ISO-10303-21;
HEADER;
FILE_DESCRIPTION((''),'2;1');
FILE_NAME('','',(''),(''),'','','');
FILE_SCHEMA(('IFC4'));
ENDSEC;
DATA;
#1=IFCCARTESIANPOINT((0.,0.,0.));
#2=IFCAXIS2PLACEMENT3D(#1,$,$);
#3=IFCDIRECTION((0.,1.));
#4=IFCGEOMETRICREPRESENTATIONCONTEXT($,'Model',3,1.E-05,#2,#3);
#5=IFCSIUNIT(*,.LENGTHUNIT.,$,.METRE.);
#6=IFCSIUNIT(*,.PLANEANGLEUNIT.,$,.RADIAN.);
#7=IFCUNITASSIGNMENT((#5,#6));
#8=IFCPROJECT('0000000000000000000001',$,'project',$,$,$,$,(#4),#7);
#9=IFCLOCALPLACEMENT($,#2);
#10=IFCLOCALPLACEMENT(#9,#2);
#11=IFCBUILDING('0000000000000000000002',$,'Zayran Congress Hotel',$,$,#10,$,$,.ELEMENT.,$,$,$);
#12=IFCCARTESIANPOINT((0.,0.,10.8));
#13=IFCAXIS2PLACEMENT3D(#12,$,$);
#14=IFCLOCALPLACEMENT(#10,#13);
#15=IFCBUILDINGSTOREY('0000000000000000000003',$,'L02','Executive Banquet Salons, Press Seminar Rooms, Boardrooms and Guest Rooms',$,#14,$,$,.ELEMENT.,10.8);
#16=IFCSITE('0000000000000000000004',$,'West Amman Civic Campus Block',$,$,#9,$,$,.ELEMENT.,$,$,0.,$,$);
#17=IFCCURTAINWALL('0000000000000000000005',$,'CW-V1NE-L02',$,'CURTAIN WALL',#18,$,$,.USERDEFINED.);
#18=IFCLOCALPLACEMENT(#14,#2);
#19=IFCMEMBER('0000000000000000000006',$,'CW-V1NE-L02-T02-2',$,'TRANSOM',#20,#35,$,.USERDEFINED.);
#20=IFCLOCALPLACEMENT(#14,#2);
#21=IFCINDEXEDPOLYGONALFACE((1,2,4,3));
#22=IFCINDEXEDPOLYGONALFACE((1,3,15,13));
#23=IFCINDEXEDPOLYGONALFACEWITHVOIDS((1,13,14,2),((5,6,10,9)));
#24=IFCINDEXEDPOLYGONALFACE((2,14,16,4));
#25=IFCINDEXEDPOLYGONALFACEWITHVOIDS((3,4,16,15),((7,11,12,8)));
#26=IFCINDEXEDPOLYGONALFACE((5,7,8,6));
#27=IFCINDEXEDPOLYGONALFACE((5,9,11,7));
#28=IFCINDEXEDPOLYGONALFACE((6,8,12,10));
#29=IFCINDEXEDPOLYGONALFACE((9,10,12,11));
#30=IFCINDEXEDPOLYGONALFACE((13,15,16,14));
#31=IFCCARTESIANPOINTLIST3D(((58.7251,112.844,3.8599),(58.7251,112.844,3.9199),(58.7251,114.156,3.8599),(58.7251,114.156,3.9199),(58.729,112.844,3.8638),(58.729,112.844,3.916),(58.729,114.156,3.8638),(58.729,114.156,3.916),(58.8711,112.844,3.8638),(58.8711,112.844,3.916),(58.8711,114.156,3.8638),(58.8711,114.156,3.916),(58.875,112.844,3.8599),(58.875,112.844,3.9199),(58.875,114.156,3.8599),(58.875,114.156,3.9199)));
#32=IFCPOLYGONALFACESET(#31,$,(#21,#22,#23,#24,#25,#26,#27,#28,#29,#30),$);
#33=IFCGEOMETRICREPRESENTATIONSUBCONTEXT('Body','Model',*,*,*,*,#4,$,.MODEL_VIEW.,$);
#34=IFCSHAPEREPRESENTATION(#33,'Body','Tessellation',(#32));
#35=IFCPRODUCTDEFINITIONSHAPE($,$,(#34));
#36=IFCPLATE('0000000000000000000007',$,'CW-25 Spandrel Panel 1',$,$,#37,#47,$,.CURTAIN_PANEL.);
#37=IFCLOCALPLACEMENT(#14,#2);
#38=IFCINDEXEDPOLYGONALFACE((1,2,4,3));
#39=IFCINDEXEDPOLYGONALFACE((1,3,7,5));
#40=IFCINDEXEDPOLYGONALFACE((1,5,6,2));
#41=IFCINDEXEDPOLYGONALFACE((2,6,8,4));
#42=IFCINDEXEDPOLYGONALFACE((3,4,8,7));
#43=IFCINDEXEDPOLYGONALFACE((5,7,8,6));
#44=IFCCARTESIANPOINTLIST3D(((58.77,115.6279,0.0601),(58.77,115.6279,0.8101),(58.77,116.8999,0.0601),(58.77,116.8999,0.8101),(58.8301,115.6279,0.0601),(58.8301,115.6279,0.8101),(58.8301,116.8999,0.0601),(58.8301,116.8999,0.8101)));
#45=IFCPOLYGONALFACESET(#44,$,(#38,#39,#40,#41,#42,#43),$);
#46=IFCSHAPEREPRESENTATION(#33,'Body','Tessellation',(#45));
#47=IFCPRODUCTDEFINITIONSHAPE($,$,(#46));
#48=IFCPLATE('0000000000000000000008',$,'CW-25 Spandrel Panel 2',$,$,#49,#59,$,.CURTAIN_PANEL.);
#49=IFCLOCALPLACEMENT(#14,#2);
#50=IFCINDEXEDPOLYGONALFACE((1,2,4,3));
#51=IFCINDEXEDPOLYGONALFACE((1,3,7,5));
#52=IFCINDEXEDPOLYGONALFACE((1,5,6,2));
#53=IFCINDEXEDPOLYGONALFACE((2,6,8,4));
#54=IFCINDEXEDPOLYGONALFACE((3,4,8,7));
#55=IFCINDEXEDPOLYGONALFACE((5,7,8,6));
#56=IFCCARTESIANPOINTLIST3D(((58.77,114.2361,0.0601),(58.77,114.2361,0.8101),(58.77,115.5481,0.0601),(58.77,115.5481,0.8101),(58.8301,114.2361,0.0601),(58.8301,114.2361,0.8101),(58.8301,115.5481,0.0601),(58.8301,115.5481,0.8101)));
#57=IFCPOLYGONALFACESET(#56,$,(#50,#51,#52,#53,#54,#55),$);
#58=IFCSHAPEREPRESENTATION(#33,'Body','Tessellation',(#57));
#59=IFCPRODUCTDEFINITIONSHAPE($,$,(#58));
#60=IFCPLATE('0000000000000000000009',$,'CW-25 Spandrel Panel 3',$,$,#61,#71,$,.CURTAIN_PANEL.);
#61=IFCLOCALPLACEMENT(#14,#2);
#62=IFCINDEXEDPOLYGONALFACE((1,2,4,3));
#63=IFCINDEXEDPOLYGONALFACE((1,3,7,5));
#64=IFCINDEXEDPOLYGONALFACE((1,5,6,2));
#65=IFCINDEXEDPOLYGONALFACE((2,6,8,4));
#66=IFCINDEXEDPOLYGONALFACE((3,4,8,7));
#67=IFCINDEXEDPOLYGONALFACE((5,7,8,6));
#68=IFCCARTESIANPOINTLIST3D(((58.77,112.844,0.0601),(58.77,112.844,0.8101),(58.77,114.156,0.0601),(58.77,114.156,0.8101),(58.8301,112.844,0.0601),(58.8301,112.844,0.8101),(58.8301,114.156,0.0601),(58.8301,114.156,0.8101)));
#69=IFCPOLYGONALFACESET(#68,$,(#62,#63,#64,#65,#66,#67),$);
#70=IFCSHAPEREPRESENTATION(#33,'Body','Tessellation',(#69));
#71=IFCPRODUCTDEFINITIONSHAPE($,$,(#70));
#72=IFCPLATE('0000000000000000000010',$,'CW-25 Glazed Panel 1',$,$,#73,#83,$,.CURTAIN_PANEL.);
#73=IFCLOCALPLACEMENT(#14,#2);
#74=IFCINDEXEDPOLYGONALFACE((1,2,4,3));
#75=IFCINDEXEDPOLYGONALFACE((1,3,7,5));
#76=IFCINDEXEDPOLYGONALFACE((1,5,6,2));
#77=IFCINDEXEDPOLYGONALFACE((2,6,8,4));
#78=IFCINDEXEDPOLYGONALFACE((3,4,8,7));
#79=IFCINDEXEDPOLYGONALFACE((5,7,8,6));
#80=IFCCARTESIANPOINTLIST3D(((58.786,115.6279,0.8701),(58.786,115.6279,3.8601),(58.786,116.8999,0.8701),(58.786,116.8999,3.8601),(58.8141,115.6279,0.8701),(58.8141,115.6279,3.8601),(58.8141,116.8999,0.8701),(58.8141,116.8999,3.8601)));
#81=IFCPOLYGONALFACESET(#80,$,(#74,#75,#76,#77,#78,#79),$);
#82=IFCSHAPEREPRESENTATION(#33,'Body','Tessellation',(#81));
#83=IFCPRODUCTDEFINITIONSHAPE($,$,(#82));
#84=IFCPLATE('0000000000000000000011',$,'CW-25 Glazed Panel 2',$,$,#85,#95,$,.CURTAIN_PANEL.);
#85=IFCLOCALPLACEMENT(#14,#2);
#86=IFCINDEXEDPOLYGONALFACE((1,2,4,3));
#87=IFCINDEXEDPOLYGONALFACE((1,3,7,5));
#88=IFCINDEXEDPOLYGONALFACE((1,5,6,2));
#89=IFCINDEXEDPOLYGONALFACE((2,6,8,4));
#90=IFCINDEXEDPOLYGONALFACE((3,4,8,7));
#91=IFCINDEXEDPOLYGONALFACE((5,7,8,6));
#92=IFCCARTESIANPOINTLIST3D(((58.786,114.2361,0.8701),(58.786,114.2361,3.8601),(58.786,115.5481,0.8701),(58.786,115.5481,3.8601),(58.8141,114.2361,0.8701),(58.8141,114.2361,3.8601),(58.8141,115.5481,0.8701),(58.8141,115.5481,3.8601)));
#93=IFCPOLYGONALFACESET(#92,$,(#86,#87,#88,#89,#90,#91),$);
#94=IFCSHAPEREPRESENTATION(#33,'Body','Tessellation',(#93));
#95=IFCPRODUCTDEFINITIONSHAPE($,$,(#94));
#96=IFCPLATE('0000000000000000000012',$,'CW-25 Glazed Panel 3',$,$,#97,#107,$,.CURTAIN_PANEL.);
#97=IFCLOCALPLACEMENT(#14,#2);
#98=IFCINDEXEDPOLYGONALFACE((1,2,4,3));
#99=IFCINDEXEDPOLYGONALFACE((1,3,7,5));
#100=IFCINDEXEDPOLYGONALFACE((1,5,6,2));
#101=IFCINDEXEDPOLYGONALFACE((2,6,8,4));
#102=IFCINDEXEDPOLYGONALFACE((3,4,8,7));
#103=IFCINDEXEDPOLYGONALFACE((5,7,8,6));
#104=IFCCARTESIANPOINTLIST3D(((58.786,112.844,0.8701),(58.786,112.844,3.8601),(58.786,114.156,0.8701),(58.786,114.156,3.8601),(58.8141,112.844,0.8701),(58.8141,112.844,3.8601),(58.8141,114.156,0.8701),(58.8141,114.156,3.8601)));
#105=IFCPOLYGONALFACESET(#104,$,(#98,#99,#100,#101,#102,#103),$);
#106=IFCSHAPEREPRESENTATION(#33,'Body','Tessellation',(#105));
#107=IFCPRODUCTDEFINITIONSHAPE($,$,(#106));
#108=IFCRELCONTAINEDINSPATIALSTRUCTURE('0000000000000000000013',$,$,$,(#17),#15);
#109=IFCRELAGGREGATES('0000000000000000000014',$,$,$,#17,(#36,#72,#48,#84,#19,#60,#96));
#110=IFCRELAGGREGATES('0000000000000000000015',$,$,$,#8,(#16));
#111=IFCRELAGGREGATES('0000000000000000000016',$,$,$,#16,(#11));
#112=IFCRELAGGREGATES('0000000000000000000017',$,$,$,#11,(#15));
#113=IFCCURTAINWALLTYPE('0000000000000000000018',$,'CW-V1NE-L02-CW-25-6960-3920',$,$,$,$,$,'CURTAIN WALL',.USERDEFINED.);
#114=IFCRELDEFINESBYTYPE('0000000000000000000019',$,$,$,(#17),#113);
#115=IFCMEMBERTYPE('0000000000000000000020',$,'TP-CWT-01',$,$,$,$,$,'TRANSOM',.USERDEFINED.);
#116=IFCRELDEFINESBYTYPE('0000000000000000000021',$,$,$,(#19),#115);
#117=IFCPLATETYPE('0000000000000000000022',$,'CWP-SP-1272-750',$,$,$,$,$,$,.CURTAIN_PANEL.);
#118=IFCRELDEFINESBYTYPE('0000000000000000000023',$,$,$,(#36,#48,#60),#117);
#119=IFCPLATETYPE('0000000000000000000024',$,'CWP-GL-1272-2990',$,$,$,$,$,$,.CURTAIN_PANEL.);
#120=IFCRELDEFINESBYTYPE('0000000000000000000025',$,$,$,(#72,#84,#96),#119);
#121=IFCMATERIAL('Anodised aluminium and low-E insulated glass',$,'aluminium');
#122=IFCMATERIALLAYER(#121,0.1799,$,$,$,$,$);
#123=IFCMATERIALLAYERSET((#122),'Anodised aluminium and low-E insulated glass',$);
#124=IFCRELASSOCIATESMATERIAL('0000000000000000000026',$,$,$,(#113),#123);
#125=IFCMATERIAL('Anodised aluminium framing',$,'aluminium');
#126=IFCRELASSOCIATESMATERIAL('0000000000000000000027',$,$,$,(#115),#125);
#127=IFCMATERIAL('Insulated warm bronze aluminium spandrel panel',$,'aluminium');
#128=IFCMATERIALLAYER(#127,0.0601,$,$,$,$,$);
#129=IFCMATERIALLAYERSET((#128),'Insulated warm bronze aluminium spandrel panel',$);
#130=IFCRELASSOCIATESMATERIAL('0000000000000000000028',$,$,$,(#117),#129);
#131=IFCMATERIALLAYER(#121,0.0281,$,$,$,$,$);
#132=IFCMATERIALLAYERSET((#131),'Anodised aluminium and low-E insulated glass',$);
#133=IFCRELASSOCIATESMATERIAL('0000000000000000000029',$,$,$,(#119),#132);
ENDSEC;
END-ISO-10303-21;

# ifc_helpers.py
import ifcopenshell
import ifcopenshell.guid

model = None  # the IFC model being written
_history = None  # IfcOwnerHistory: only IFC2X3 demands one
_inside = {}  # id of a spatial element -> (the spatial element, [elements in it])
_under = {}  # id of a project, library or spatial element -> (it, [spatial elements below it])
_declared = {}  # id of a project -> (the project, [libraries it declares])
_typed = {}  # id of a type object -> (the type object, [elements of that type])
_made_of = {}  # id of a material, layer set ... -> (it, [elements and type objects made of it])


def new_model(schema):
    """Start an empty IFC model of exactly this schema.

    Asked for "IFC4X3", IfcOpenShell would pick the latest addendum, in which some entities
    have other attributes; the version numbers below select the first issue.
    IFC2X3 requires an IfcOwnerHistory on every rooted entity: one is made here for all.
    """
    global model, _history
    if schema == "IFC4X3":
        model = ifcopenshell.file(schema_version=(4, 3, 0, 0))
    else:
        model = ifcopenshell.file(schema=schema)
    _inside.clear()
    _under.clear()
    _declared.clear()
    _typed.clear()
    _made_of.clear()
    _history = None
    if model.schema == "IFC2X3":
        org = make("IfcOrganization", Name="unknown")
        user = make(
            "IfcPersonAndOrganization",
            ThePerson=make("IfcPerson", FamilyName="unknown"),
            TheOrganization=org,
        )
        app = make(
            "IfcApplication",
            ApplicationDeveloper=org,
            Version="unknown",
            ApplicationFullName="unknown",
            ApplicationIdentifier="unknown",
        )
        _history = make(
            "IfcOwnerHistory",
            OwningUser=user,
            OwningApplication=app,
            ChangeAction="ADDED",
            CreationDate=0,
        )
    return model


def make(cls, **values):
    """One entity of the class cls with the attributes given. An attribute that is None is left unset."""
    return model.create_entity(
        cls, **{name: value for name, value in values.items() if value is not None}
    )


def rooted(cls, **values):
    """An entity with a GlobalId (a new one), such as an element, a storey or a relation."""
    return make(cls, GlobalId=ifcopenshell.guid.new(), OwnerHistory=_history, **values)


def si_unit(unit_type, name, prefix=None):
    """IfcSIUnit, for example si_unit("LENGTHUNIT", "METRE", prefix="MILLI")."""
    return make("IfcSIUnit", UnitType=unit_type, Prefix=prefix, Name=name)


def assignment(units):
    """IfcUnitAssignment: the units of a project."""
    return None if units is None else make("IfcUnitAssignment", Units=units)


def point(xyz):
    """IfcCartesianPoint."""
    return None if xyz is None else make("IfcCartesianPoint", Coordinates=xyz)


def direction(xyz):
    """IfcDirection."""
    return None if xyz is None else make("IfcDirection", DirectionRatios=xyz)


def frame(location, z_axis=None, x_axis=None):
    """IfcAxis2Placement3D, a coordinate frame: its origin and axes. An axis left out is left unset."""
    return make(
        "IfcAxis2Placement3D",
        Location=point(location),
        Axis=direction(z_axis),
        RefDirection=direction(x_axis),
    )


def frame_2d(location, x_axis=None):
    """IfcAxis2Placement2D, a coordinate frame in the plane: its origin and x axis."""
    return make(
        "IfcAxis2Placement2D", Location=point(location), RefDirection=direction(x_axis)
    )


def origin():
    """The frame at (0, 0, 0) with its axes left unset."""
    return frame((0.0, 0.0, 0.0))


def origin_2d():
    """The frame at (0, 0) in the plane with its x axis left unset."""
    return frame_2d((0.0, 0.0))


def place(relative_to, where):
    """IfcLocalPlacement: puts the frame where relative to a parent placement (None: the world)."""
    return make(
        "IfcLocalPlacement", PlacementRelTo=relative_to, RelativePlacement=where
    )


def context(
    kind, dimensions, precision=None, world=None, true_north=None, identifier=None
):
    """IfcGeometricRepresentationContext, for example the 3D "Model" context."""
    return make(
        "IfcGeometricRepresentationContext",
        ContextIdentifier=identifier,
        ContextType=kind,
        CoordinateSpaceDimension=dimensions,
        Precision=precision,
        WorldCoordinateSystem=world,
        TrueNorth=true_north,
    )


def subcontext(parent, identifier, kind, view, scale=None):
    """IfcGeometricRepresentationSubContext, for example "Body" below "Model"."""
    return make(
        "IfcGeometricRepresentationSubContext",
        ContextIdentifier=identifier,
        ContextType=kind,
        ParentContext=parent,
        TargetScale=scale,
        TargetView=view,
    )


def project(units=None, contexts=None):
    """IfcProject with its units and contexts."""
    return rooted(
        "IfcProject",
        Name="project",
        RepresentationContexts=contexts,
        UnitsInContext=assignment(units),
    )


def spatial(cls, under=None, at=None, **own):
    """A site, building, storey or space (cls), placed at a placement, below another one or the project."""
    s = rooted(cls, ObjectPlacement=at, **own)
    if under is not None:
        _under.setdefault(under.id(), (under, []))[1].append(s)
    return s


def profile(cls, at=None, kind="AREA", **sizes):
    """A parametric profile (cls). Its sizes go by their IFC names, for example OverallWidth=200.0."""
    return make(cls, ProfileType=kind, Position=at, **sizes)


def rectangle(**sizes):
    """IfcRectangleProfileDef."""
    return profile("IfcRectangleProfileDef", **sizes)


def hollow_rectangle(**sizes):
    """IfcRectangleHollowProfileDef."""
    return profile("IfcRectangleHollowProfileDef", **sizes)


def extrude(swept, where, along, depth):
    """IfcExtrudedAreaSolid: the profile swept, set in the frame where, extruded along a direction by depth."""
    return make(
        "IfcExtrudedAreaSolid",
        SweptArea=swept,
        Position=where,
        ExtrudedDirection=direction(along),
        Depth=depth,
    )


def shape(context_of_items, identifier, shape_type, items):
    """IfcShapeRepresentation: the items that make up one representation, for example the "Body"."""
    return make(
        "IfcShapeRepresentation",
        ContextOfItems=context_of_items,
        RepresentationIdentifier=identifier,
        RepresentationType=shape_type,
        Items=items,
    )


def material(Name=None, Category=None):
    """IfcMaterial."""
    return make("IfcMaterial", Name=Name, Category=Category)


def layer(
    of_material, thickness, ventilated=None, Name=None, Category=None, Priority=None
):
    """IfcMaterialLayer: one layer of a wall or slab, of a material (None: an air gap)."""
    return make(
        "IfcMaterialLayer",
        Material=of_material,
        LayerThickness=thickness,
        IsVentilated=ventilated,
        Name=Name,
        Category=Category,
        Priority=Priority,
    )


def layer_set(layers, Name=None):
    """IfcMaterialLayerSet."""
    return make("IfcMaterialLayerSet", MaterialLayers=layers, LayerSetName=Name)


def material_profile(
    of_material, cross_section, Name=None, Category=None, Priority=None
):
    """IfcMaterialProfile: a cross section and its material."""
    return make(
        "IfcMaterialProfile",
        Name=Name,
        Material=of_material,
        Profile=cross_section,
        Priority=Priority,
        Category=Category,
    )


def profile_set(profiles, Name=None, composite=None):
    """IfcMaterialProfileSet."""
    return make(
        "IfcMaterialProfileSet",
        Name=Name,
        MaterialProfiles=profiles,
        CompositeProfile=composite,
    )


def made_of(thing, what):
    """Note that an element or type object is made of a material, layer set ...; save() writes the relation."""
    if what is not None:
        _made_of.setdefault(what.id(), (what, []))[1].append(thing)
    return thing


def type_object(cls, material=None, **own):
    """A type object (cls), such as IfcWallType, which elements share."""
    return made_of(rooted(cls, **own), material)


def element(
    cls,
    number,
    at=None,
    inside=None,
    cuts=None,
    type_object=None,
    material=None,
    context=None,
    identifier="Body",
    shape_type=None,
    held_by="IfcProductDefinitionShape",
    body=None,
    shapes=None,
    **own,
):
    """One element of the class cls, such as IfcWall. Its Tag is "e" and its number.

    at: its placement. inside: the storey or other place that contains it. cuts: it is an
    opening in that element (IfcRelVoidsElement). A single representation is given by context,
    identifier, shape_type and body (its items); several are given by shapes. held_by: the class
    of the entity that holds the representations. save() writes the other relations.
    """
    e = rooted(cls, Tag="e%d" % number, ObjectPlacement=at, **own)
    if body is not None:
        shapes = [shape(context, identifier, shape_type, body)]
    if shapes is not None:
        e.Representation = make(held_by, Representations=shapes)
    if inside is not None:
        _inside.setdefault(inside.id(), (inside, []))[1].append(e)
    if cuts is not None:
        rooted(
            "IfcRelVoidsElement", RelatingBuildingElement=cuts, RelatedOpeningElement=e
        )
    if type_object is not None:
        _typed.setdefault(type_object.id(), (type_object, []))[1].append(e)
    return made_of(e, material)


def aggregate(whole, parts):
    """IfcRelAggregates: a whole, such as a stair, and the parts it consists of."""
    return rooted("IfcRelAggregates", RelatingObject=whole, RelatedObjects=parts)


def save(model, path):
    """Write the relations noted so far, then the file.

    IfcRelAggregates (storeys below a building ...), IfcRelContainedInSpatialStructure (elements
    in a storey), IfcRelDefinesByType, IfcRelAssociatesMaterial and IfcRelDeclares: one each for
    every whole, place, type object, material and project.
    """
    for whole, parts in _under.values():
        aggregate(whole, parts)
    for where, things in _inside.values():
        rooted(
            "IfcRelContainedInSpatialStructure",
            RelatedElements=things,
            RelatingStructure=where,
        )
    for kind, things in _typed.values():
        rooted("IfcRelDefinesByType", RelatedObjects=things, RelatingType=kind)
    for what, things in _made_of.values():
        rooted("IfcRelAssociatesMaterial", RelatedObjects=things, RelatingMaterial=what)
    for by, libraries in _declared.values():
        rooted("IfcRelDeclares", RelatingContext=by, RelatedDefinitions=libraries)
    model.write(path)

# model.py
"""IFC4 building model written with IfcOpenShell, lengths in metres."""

from ifc_helpers import new_model, si_unit, direction, frame, origin, origin_2d, place, context, subcontext, project, spatial, rectangle, hollow_rectangle, extrude, material, layer, layer_set, material_profile, profile_set, type_object, element, aggregate, save


model = new_model("IFC4")

# Units and contexts
model_context = context("Model", 3, precision=1e-05, world=origin(), true_north=direction((0.0, 1.0)))
body_context = subcontext(model_context, "Body", "Model", "MODEL_VIEW")
ifc_project = project(units=[si_unit("LENGTHUNIT", "METRE"), si_unit("PLANEANGLEUNIT", "RADIAN")], contexts=[model_context])

# Site, building, storey
site_placement = place(None, origin())
site = spatial("IfcSite", under=ifc_project, at=site_placement, Name="West Amman Civic Campus Block", CompositionType="ELEMENT", RefElevation=0.0)
building_placement = place(site_placement, origin())
building = spatial("IfcBuilding", under=site, at=building_placement, Name="Zayran Congress Hotel", CompositionType="ELEMENT")
storey_placement = place(building_placement, frame((0.0, 0.0, 10.8)))
storey = spatial("IfcBuildingStorey", under=building, at=storey_placement, Name="L02", Description="Executive Banquet Salons, Press Seminar Rooms, Boardrooms and Guest Rooms", CompositionType="ELEMENT", Elevation=10.8)

# Curtain wall, member, plates
ifc_material_1 = material(Name="Anodised aluminium and low-E insulated glass", Category="aluminium")
ifc_layer_1 = layer(ifc_material_1, 0.1799)
ifc_layer_set_1 = layer_set([ifc_layer_1], Name="Anodised aluminium and low-E insulated glass")
curtain_wall_type = type_object("IfcCurtainWallType", Name="CW-V1NE-L02-CW-25-6960-3920", ElementType="CURTAIN WALL", PredefinedType="USERDEFINED", material=ifc_layer_set_1)
curtain_wall_placement = place(storey_placement, origin())
curtain_wall = element("IfcCurtainWall", 1, at=curtain_wall_placement, inside=storey, type_object=curtain_wall_type, Name="CW-V1NE-L02", ObjectType="CURTAIN WALL", PredefinedType="USERDEFINED")
ifc_material_2 = material(Name="Anodised aluminium framing", Category="aluminium")
ifc_material_profile_1 = material_profile(ifc_material_2, hollow_rectangle(XDim=0.0601, YDim=0.1499, WallThickness=0.0039, at=origin_2d()), Name="RHS 150x60x4")
ifc_profile_set_1 = profile_set([ifc_material_profile_1], Name="Anodised aluminium framing")
member_type_1 = type_object("IfcMemberType", Name="TP-CWT-01", ElementType="TRANSOM", PredefinedType="USERDEFINED", material=ifc_profile_set_1)
member_1_placement = place(storey_placement, frame((58.8, 114.156, 3.8899), z_axis=(0.0, -1.0, 0.0), x_axis=(0.0, 0.0, 1.0)))
member_1 = element("IfcMember", 2, at=member_1_placement, type_object=member_type_1, Name="CW-V1NE-L02-T02-2", ObjectType="TRANSOM", PredefinedType="USERDEFINED", context=body_context, shape_type="SweptSolid", body=[
    extrude(hollow_rectangle(XDim=0.0601, YDim=0.1499, WallThickness=0.0039, at=origin_2d()), origin(), (0.0, 0.0, 1.0), 1.312),
])
ifc_material_3 = material(Name="Insulated warm bronze aluminium spandrel panel", Category="aluminium")
ifc_layer_2 = layer(ifc_material_3, 0.0601)
ifc_layer_set_2 = layer_set([ifc_layer_2], Name="Insulated warm bronze aluminium spandrel panel")
plate_type_1 = type_object("IfcPlateType", Name="CWP-SP-1272-750", PredefinedType="CURTAIN_PANEL", material=ifc_layer_set_2)
plate_1_placement = place(storey_placement, frame((58.8, 116.2639, 0.0601), z_axis=(0.0, 0.0, 1.0), x_axis=(0.0, 1.0, 0.0)))
plate_1 = element("IfcPlate", 3, at=plate_1_placement, type_object=plate_type_1, Name="CW-25 Spandrel Panel 1", PredefinedType="CURTAIN_PANEL", context=body_context, shape_type="SweptSolid", body=[
    extrude(rectangle(XDim=1.272, YDim=0.0601, at=origin_2d()), origin(), (0.0, 0.0, 1.0), 0.75),
])
plate_2_placement = place(storey_placement, frame((58.8, 114.8921, 0.0601), z_axis=(0.0, 0.0, 1.0), x_axis=(0.0, 1.0, 0.0)))
plate_2 = element("IfcPlate", 4, at=plate_2_placement, type_object=plate_type_1, Name="CW-25 Spandrel Panel 2", PredefinedType="CURTAIN_PANEL", context=body_context, shape_type="SweptSolid", body=[
    extrude(rectangle(XDim=1.312, YDim=0.0601, at=origin_2d()), origin(), (0.0, 0.0, 1.0), 0.75),
])
plate_3_placement = place(storey_placement, frame((58.8, 113.5, 0.0601), z_axis=(0.0, 0.0, 1.0), x_axis=(0.0, 1.0, 0.0)))
plate_3 = element("IfcPlate", 5, at=plate_3_placement, type_object=plate_type_1, Name="CW-25 Spandrel Panel 3", PredefinedType="CURTAIN_PANEL", context=body_context, shape_type="SweptSolid", body=[
    extrude(rectangle(XDim=1.312, YDim=0.0601, at=origin_2d()), origin(), (0.0, 0.0, 1.0), 0.75),
])
ifc_layer_3 = layer(ifc_material_1, 0.0281)
ifc_layer_set_3 = layer_set([ifc_layer_3], Name="Anodised aluminium and low-E insulated glass")
plate_type_2 = type_object("IfcPlateType", Name="CWP-GL-1272-2990", PredefinedType="CURTAIN_PANEL", material=ifc_layer_set_3)
plate_4_placement = place(storey_placement, frame((58.8, 116.2639, 0.8701), z_axis=(0.0, 0.0, 1.0), x_axis=(0.0, 1.0, 0.0)))
plate_4 = element("IfcPlate", 6, at=plate_4_placement, type_object=plate_type_2, Name="CW-25 Glazed Panel 1", PredefinedType="CURTAIN_PANEL", context=body_context, shape_type="SweptSolid", body=[
    extrude(rectangle(XDim=1.272, YDim=0.0281, at=origin_2d()), origin(), (0.0, 0.0, 1.0), 2.99),
])
plate_5_placement = place(storey_placement, frame((58.8, 114.8921, 0.8701), z_axis=(0.0, 0.0, 1.0), x_axis=(0.0, 1.0, 0.0)))
plate_5 = element("IfcPlate", 7, at=plate_5_placement, type_object=plate_type_2, Name="CW-25 Glazed Panel 2", PredefinedType="CURTAIN_PANEL", context=body_context, shape_type="SweptSolid", body=[
    extrude(rectangle(XDim=1.312, YDim=0.0281, at=origin_2d()), origin(), (0.0, 0.0, 1.0), 2.99),
])
plate_6_placement = place(storey_placement, frame((58.8, 113.5, 0.8701), z_axis=(0.0, 0.0, 1.0), x_axis=(0.0, 1.0, 0.0)))
plate_6 = element("IfcPlate", 8, at=plate_6_placement, type_object=plate_type_2, Name="CW-25 Glazed Panel 3", PredefinedType="CURTAIN_PANEL", context=body_context, shape_type="SweptSolid", body=[
    extrude(rectangle(XDim=1.312, YDim=0.0281, at=origin_2d()), origin(), (0.0, 0.0, 1.0), 2.99),
])
aggregate(curtain_wall, [plate_1, plate_4, plate_2, plate_5, member_1, plate_3, plate_6])

save(model, "model.ifc")
